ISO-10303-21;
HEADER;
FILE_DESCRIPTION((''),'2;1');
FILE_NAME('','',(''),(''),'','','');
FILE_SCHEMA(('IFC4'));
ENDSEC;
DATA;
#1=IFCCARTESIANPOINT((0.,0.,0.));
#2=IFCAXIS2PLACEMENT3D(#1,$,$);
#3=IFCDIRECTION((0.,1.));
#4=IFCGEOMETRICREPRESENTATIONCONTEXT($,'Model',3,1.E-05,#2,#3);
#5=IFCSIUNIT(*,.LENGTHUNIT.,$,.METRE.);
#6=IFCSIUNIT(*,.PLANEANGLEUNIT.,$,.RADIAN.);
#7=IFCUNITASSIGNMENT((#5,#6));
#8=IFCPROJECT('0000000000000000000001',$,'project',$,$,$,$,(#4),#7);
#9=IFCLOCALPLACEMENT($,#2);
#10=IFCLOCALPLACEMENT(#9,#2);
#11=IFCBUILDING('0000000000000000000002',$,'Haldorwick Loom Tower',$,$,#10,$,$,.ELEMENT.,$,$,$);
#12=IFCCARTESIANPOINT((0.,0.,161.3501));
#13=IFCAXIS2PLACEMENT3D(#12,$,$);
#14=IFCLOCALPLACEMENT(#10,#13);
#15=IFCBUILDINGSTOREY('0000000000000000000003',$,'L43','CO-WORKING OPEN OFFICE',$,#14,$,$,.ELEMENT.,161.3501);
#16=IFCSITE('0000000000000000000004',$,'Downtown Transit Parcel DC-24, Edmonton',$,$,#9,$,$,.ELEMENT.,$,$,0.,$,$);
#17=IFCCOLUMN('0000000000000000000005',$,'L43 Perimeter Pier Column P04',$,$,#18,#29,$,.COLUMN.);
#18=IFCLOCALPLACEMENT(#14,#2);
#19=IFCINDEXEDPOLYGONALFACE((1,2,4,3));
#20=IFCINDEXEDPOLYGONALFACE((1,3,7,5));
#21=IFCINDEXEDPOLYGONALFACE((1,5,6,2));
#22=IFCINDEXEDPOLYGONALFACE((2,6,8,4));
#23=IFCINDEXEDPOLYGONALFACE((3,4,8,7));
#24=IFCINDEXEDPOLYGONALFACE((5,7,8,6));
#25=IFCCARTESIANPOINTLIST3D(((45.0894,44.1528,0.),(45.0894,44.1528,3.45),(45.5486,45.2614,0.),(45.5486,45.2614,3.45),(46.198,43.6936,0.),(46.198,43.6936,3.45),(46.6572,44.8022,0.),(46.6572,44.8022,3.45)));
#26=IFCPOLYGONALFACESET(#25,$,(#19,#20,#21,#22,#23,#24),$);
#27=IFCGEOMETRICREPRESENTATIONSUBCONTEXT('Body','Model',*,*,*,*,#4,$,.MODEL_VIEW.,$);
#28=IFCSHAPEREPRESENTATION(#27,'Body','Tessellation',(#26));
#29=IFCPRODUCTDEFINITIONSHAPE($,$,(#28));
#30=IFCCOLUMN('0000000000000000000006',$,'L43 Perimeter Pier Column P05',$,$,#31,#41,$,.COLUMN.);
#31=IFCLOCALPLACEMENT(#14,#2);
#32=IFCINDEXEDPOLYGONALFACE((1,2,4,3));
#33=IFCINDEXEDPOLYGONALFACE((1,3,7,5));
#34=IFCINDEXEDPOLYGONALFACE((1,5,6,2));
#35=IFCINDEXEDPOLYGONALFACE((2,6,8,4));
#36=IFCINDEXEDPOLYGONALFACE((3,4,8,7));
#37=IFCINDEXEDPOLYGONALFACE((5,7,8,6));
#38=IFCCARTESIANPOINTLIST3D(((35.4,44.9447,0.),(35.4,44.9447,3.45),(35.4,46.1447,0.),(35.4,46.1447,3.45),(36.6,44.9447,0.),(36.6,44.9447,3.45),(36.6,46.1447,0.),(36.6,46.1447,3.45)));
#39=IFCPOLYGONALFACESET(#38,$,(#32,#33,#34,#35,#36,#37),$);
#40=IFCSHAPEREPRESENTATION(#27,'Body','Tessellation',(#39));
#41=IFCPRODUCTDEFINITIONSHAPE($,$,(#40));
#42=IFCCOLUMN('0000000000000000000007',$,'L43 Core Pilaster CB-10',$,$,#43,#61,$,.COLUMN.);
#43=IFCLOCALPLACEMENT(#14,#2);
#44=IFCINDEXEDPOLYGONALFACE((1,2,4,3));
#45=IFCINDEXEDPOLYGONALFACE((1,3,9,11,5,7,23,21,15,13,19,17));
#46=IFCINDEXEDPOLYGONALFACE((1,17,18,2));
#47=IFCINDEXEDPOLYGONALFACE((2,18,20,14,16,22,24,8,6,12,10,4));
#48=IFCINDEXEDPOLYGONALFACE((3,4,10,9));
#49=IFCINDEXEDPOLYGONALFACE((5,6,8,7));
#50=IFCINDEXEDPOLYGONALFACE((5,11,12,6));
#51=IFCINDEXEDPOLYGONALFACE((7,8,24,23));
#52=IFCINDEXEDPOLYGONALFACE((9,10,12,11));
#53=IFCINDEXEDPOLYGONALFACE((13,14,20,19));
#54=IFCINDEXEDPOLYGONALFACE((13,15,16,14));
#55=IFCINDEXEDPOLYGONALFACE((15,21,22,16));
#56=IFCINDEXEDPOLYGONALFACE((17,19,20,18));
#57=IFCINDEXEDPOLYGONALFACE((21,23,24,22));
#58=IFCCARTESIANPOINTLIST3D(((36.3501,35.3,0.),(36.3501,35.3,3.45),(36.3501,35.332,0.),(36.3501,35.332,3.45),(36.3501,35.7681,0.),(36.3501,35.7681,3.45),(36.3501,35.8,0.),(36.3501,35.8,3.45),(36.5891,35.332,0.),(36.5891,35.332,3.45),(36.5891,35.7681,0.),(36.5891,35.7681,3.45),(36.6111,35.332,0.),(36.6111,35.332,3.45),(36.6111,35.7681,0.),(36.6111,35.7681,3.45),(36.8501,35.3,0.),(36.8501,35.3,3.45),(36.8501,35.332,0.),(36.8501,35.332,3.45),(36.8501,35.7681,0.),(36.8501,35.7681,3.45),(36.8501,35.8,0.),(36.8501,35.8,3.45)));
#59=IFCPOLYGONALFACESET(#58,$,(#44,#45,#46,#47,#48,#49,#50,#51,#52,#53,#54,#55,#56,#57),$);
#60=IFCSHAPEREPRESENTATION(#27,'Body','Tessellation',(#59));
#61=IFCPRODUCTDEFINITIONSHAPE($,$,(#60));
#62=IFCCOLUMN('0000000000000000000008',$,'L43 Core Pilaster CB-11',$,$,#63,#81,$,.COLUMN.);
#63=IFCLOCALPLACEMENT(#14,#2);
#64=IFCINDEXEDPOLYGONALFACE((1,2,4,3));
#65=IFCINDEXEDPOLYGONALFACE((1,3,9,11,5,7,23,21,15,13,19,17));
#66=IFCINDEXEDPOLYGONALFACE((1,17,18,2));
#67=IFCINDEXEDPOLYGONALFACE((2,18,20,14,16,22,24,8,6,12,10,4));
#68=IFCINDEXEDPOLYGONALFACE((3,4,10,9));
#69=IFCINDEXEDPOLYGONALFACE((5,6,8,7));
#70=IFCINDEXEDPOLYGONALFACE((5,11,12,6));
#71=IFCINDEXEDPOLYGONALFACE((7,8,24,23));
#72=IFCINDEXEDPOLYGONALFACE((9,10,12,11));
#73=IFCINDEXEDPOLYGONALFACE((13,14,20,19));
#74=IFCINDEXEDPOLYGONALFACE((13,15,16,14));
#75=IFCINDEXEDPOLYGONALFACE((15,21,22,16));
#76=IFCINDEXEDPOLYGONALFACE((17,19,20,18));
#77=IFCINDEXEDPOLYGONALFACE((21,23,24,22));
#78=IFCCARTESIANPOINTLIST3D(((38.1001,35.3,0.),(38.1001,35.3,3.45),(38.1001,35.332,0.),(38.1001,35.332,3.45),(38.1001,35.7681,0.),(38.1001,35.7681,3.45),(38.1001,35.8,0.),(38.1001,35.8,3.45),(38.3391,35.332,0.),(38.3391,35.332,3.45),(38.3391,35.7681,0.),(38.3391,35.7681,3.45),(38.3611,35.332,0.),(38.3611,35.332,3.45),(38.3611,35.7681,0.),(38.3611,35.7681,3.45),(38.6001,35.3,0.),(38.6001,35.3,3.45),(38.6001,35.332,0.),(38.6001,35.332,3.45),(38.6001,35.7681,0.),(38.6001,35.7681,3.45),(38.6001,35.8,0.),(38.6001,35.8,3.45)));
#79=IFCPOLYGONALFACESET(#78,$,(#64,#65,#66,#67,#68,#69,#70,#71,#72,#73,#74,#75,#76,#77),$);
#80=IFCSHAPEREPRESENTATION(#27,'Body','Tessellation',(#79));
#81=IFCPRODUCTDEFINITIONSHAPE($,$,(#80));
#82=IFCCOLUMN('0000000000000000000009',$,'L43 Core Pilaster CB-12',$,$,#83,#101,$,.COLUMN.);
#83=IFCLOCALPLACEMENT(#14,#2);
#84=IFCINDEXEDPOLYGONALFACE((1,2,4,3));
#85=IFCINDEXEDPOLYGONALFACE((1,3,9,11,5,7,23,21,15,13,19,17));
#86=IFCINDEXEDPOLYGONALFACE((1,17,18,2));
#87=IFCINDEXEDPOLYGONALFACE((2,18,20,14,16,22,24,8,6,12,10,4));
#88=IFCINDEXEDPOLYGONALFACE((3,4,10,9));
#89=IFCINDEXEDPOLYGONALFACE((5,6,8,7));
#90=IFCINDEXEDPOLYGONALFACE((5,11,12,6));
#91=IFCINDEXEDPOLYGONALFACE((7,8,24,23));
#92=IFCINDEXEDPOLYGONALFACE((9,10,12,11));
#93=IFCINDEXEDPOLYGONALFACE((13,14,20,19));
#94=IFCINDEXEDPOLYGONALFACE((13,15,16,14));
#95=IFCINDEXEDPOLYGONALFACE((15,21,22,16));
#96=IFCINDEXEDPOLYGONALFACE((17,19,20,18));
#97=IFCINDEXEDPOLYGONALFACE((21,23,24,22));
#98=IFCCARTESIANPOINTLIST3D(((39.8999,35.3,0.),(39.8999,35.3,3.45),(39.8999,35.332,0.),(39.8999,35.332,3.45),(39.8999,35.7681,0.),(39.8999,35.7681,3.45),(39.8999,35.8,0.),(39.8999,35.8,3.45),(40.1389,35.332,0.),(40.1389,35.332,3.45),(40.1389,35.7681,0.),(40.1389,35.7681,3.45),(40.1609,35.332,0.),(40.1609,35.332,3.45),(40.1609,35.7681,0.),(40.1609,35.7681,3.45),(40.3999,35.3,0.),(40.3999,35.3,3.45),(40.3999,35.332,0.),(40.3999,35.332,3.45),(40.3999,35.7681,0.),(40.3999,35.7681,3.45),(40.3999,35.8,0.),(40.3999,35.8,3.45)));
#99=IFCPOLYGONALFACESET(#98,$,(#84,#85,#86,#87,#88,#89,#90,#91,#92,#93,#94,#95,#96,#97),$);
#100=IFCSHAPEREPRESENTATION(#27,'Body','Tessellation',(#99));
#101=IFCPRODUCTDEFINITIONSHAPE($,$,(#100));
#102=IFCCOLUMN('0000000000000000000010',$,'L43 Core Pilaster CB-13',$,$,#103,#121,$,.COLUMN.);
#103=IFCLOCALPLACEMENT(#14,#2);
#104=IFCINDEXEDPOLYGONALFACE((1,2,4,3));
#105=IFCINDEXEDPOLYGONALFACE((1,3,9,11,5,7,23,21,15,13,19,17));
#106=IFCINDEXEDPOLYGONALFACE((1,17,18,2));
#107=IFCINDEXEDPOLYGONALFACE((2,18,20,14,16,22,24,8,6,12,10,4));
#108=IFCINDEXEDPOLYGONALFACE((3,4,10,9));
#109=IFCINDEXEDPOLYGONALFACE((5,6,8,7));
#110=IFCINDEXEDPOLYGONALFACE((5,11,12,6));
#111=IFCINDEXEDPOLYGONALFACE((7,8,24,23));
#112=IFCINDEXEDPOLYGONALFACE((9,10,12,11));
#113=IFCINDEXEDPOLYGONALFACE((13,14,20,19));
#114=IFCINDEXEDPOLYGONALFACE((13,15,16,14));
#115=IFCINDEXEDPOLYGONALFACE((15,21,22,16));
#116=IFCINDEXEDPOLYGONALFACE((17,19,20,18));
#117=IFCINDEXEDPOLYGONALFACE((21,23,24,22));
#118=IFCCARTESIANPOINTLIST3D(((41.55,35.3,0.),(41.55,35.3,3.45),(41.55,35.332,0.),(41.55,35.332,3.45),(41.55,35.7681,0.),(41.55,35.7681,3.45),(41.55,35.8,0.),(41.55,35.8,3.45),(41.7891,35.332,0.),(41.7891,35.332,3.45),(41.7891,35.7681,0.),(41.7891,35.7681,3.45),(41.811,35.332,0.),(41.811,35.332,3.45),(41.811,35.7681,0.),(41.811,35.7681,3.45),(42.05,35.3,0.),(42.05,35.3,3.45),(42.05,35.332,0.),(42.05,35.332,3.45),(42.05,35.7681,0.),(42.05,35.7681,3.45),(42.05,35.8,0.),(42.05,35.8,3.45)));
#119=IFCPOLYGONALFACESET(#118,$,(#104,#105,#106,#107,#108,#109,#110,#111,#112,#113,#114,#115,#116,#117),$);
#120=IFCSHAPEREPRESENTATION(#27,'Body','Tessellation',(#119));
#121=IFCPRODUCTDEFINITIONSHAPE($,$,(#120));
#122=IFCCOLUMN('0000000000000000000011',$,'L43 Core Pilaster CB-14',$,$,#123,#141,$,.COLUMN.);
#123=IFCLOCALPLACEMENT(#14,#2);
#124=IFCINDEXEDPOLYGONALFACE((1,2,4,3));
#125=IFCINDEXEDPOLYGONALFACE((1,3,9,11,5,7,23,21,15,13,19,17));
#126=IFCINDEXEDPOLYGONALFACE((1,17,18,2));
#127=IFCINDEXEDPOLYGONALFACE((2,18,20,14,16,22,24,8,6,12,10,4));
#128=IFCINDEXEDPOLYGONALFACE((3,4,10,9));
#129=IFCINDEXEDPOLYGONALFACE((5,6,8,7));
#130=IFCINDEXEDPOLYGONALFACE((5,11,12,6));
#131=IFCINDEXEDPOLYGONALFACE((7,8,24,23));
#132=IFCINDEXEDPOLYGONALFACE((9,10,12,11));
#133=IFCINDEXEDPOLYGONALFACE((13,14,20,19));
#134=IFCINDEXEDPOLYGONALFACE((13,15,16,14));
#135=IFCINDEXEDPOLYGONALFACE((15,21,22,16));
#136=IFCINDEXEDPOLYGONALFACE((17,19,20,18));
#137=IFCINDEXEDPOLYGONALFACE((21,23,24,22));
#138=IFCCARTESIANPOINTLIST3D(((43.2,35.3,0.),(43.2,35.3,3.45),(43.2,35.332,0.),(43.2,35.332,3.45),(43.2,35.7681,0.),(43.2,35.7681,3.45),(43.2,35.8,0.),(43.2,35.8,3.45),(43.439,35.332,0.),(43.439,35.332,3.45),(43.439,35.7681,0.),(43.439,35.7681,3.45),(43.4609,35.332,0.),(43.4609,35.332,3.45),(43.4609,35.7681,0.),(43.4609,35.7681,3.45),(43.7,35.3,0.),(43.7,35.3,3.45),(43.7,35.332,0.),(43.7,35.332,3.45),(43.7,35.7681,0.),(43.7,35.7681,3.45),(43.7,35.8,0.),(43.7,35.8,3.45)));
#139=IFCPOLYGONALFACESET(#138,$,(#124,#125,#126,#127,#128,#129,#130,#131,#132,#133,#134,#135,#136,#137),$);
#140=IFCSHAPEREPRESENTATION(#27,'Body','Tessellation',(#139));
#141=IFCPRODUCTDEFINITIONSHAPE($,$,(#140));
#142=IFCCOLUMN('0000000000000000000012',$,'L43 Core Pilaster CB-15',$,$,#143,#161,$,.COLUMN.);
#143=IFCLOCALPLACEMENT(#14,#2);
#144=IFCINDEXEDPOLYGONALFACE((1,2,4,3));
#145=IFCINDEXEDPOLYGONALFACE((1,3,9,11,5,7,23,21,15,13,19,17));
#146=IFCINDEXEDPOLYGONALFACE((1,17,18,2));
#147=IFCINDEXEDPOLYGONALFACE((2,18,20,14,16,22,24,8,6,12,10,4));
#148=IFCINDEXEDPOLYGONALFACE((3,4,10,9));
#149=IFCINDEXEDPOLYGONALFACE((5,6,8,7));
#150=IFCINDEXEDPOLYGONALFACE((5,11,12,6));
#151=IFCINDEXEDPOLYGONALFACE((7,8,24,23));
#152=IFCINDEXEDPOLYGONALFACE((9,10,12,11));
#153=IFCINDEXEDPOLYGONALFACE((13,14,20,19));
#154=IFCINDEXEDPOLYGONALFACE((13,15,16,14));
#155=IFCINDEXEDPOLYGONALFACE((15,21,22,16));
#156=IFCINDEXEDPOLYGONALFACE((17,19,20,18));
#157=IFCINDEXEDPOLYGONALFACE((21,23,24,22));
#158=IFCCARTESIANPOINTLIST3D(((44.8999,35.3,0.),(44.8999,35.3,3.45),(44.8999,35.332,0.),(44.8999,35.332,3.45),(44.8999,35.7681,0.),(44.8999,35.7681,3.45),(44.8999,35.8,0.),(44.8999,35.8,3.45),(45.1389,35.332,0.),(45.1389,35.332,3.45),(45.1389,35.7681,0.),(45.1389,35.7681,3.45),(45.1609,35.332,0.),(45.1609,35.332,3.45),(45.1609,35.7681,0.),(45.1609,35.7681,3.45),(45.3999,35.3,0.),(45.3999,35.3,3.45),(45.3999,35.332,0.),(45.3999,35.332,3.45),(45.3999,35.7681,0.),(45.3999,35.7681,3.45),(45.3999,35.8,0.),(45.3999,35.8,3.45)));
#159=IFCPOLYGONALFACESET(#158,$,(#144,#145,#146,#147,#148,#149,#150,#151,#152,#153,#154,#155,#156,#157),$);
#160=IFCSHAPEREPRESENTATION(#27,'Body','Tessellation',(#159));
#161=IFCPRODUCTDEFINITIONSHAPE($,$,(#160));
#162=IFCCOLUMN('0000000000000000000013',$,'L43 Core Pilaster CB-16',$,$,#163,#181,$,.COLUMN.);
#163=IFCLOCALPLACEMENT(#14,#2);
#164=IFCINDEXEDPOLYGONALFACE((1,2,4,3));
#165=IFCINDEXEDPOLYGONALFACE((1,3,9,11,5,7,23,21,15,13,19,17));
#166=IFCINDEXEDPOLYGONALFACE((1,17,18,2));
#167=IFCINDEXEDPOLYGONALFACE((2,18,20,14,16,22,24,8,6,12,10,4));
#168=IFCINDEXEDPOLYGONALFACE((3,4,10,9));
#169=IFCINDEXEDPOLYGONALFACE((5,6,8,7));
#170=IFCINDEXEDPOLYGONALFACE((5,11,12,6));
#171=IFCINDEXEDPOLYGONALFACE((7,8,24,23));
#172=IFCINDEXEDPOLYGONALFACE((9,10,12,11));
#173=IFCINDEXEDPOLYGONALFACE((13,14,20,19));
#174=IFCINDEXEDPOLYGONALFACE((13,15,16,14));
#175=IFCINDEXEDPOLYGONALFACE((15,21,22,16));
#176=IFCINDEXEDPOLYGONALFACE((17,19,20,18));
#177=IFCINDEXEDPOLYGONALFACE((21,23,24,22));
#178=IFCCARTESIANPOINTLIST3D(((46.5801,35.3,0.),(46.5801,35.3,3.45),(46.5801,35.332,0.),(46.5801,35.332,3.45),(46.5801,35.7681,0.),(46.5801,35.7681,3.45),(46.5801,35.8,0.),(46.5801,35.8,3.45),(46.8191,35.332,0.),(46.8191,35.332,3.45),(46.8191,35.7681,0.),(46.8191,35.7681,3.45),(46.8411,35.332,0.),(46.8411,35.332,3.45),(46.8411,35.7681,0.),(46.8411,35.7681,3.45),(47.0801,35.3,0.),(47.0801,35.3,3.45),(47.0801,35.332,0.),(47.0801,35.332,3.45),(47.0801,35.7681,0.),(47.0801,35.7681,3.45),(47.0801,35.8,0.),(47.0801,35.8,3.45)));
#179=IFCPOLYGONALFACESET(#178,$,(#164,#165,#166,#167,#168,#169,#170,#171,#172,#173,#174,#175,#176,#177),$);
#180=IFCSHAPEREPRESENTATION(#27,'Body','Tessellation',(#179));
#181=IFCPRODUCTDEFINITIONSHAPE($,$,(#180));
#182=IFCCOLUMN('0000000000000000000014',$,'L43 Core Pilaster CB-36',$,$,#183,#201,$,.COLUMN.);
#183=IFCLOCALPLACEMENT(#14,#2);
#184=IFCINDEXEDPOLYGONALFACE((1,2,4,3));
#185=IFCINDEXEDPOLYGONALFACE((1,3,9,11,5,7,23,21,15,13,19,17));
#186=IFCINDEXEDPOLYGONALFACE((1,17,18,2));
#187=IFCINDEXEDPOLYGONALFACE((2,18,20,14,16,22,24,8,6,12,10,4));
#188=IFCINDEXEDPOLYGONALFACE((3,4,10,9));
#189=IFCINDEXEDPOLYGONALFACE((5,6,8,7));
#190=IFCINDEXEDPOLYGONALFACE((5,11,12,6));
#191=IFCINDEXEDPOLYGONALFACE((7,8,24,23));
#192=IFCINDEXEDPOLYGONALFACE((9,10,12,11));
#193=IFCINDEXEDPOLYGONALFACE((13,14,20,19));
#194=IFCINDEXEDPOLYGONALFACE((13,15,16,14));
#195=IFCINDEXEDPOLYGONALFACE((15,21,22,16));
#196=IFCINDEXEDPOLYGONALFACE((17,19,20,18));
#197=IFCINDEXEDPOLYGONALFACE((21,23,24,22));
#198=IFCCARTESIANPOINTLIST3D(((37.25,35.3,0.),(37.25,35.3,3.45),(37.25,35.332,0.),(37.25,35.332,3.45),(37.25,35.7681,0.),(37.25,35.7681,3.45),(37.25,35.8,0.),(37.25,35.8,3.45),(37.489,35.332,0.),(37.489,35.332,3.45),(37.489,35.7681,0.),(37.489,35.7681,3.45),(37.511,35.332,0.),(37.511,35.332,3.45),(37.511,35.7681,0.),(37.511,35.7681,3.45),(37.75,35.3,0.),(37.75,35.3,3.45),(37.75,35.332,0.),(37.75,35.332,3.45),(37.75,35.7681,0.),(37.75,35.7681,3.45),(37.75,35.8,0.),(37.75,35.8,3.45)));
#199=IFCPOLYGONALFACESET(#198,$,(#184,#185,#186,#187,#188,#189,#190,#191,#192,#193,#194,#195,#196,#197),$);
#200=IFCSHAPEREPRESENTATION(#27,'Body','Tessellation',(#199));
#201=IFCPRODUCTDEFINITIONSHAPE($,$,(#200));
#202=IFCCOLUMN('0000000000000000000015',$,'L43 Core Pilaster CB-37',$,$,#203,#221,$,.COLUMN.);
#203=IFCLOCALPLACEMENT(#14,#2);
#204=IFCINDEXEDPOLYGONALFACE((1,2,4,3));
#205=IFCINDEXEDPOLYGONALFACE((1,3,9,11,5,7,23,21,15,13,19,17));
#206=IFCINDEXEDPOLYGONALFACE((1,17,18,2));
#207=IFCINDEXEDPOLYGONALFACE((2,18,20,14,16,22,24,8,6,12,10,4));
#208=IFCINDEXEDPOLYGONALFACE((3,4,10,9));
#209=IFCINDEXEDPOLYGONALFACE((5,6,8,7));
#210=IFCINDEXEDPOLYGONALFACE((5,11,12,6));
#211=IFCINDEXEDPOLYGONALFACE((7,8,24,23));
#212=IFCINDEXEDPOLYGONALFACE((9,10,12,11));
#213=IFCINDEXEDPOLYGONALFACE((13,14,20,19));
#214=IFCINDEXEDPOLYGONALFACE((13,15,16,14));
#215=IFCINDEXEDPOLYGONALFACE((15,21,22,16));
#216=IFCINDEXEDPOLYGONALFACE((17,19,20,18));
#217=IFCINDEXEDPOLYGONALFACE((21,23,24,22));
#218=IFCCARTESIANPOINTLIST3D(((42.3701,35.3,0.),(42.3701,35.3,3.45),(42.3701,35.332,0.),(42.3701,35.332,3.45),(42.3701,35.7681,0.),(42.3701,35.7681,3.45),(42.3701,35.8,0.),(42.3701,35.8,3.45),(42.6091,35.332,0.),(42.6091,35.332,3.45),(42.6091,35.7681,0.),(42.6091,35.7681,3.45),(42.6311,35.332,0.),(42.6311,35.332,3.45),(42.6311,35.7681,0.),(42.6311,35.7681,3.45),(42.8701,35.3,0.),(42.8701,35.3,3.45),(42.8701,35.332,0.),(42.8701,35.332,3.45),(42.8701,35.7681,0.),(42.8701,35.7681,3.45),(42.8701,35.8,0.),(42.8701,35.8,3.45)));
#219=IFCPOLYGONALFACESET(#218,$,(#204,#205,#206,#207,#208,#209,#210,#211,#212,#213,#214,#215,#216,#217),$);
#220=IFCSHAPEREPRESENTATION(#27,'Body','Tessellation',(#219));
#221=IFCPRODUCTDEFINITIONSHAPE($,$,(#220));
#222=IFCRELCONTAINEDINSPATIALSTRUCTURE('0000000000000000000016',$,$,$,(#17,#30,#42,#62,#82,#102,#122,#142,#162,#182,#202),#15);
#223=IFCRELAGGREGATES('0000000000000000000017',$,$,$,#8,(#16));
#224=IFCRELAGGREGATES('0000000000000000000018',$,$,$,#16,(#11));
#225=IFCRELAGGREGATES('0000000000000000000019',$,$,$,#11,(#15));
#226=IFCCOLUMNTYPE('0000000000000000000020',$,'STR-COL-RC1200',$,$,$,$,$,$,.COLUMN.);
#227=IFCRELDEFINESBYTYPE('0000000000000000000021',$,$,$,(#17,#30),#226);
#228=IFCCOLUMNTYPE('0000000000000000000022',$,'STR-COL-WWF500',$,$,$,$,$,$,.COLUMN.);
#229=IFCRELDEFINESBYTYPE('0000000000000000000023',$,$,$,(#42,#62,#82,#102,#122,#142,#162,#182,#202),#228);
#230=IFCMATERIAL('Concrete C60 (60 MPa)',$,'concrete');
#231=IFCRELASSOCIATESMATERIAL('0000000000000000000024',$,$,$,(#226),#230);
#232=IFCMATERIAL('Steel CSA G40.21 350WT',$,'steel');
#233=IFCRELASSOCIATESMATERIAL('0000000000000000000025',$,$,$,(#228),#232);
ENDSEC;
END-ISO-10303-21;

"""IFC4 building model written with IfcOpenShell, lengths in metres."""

from ifc_helpers import new_model, si_unit, direction, frame, origin, origin_2d, place, context, subcontext, project, spatial, rectangle, i_section, extrude, material, material_profile, profile_set, type_object, element, save


model = new_model("IFC4")

# Units and contexts
model_context = context("Model", 3, precision=1e-05, world=origin(), true_north=direction((0.0, 1.0)))
body_context = subcontext(model_context, "Body", "Model", "MODEL_VIEW")
ifc_project = project(units=[si_unit("LENGTHUNIT", "METRE"), si_unit("PLANEANGLEUNIT", "RADIAN")], contexts=[model_context])

# Site, building, storey
site_placement = place(None, origin())
site = spatial("IfcSite", under=ifc_project, at=site_placement, Name="Downtown Transit Parcel DC-24, Edmonton", CompositionType="ELEMENT", RefElevation=0.0)
building_placement = place(site_placement, origin())
building = spatial("IfcBuilding", under=site, at=building_placement, Name="Haldorwick Loom Tower", CompositionType="ELEMENT")
storey_placement = place(building_placement, frame((0.0, 0.0, 161.3501)))
storey = spatial("IfcBuildingStorey", under=building, at=storey_placement, Name="L43", Description="CO-WORKING OPEN OFFICE", CompositionType="ELEMENT", Elevation=161.3501)

# Columns
ifc_material_1 = material(Name="Concrete C60 (60 MPa)", Category="concrete")
ifc_material_profile_1 = material_profile(ifc_material_1, rectangle(XDim=1.2, YDim=1.2, at=origin_2d()), Name="RC1200X1200", Category="concrete")
ifc_profile_set_1 = profile_set([ifc_material_profile_1], Name="Concrete C60 (60 MPa)")
column_type_1 = type_object("IfcColumnType", Name="STR-COL-RC1200", PredefinedType="COLUMN", material=ifc_profile_set_1)
for number, where, z_axis, x_axis, name in (
    (1, (45.8733, 44.4775, 0.0), (0.0, 0.0, 1.0), (0.382683, 0.92388, 0.0), "L43 Perimeter Pier Column P04"),
    (2, (36.0, 45.5447, 0.0), (0.0, 0.0, 1.0), (0.0, 1.0, 0.0), "L43 Perimeter Pier Column P05"),
):
    element("IfcColumn", number, at=place(storey_placement, frame(where, z_axis=z_axis, x_axis=x_axis)), inside=storey, type_object=column_type_1, Name=name, PredefinedType="COLUMN", context=body_context, shape_type="SweptSolid", body=[
        extrude(rectangle(XDim=1.2, YDim=1.2, at=origin_2d()), origin(), (0.0, 0.0, 1.0), 3.45),
    ])
ifc_material_2 = material(Name="Steel CSA G40.21 350WT", Category="steel")
ifc_material_profile_2 = material_profile(ifc_material_2, i_section(OverallWidth=0.5, OverallDepth=0.5, WebThickness=0.022, FlangeThickness=0.032, at=origin_2d()), Name="WWF500X500", Category="steel")
ifc_profile_set_2 = profile_set([ifc_material_profile_2], Name="Steel CSA G40.21 350WT")
column_type_2 = type_object("IfcColumnType", Name="STR-COL-WWF500", PredefinedType="COLUMN", material=ifc_profile_set_2)
for number, where, z_axis, x_axis, name in (
    (3, (36.6001, 35.55, 0.0), (0.0, 0.0, 1.0), (1.0, 0.0, 0.0), "L43 Core Pilaster CB-10"),
    (4, (38.3501, 35.55, 0.0), (0.0, 0.0, 1.0), (1.0, 0.0, 0.0), "L43 Core Pilaster CB-11"),
    (5, (40.1499, 35.55, 0.0), (0.0, 0.0, 1.0), (1.0, 0.0, 0.0), "L43 Core Pilaster CB-12"),
    (6, (41.8, 35.55, 0.0), (0.0, 0.0, 1.0), (1.0, 0.0, 0.0), "L43 Core Pilaster CB-13"),
    (7, (43.45, 35.55, 0.0), (0.0, 0.0, 1.0), (1.0, 0.0, 0.0), "L43 Core Pilaster CB-14"),
    (8, (45.1499, 35.55, 0.0), (0.0, 0.0, 1.0), (1.0, 0.0, 0.0), "L43 Core Pilaster CB-15"),
    (9, (46.8301, 35.55, 0.0), (0.0, 0.0, 1.0), (1.0, 0.0, 0.0), "L43 Core Pilaster CB-16"),
    (10, (37.5, 35.55, 0.0), (0.0, 0.0, 1.0), (1.0, 0.0, 0.0), "L43 Core Pilaster CB-36"),
    (11, (42.6201, 35.55, 0.0), (0.0, 0.0, 1.0), (1.0, 0.0, 0.0), "L43 Core Pilaster CB-37"),
):
    element("IfcColumn", number, at=place(storey_placement, frame(where, z_axis=z_axis, x_axis=x_axis)), inside=storey, type_object=column_type_2, Name=name, PredefinedType="COLUMN", context=body_context, shape_type="SweptSolid", body=[
        extrude(i_section(OverallWidth=0.5, OverallDepth=0.5, WebThickness=0.022, FlangeThickness=0.032, at=origin_2d()), origin(), (0.0, 0.0, 1.0), 3.45),
    ])

save(model, "model.ifc")
